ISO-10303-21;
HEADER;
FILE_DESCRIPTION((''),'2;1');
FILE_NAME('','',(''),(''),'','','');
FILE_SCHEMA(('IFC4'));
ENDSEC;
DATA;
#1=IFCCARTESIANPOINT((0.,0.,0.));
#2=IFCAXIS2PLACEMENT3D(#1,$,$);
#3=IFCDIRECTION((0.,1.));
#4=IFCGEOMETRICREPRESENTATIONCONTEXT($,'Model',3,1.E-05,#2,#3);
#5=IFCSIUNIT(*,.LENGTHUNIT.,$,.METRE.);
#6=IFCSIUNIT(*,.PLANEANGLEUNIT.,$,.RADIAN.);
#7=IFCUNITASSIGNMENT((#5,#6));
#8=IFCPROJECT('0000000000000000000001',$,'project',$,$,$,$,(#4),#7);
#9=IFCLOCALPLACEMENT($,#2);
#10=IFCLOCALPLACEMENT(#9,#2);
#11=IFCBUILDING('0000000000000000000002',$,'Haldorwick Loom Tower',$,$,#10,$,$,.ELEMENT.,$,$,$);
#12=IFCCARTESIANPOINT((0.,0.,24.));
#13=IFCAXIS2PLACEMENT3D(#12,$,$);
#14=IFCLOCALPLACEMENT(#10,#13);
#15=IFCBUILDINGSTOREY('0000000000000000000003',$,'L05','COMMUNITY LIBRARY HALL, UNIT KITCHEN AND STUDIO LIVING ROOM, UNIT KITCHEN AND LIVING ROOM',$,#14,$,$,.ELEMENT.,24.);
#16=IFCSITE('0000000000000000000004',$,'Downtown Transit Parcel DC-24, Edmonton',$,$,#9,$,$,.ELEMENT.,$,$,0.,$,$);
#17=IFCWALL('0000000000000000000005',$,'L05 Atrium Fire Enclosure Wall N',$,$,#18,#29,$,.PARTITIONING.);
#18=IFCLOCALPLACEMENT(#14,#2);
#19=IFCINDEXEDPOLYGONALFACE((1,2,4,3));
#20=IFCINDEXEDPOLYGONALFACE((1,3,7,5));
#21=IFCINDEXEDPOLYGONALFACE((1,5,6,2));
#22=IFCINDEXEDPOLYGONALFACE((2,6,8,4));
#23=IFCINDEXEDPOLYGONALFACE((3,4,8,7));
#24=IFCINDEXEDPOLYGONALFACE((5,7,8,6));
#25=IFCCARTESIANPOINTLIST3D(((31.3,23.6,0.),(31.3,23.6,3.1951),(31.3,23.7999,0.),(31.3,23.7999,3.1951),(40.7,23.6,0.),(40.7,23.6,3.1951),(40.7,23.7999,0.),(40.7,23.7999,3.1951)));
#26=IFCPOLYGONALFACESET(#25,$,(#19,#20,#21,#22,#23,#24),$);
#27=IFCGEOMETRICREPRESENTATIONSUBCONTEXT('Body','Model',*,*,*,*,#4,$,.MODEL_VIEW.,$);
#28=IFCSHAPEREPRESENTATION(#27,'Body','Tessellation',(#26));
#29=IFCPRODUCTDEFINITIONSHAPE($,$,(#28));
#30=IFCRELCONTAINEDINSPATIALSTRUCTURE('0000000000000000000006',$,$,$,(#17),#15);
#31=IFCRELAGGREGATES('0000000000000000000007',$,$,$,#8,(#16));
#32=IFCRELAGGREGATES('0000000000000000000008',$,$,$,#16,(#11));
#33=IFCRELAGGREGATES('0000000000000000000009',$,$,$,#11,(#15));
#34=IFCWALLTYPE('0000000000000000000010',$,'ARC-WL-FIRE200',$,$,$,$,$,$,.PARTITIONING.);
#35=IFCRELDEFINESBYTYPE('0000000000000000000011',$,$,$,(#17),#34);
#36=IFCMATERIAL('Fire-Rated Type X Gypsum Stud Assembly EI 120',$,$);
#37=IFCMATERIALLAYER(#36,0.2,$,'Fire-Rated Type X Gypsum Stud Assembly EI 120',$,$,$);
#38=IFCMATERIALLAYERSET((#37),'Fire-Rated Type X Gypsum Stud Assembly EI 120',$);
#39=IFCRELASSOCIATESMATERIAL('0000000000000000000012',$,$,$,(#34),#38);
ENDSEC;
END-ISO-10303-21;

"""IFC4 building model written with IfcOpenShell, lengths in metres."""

from ifc_helpers import new_model, si_unit, direction, frame, frame_2d, origin, place, context, subcontext, project, spatial, rectangle, extrude, material, layer, layer_set, type_object, element, save


model = new_model("IFC4")

# Units and contexts
model_context = context("Model", 3, precision=1e-05, world=origin(), true_north=direction((0.0, 1.0)))
body_context = subcontext(model_context, "Body", "Model", "MODEL_VIEW")
ifc_project = project(units=[si_unit("LENGTHUNIT", "METRE"), si_unit("PLANEANGLEUNIT", "RADIAN")], contexts=[model_context])

# Site, building, storey
site_placement = place(None, origin())
site = spatial("IfcSite", under=ifc_project, at=site_placement, Name="Downtown Transit Parcel DC-24, Edmonton", CompositionType="ELEMENT", RefElevation=0.0)
building_placement = place(site_placement, origin())
building = spatial("IfcBuilding", under=site, at=building_placement, Name="Haldorwick Loom Tower", CompositionType="ELEMENT")
storey_placement = place(building_placement, frame((0.0, 0.0, 24.0)))
storey = spatial("IfcBuildingStorey", under=building, at=storey_placement, Name="L05", Description="COMMUNITY LIBRARY HALL, UNIT KITCHEN AND STUDIO LIVING ROOM, UNIT KITCHEN AND LIVING ROOM", CompositionType="ELEMENT", Elevation=24.0)

# Wall
ifc_material_1 = material(Name="Fire-Rated Type X Gypsum Stud Assembly EI 120")
ifc_layer_1 = layer(ifc_material_1, 0.2, Name="Fire-Rated Type X Gypsum Stud Assembly EI 120")
ifc_layer_set_1 = layer_set([ifc_layer_1], Name="Fire-Rated Type X Gypsum Stud Assembly EI 120")
wall_type = type_object("IfcWallType", Name="ARC-WL-FIRE200", PredefinedType="PARTITIONING", material=ifc_layer_set_1)
wall_placement = place(storey_placement, frame((31.3, 23.7, 0.0), z_axis=(0.0, 0.0, 1.0), x_axis=(1.0, 0.0, 0.0)))
element("IfcWall", 1, at=wall_placement, inside=storey, type_object=wall_type, Name="L05 Atrium Fire Enclosure Wall N", PredefinedType="PARTITIONING", context=body_context, shape_type="SweptSolid", body=[
    extrude(rectangle(XDim=9.3999, YDim=0.2, at=frame_2d((4.7, 0.0))), origin(), (0.0, 0.0, 1.0), 3.1951),
])

save(model, "model.ifc")
